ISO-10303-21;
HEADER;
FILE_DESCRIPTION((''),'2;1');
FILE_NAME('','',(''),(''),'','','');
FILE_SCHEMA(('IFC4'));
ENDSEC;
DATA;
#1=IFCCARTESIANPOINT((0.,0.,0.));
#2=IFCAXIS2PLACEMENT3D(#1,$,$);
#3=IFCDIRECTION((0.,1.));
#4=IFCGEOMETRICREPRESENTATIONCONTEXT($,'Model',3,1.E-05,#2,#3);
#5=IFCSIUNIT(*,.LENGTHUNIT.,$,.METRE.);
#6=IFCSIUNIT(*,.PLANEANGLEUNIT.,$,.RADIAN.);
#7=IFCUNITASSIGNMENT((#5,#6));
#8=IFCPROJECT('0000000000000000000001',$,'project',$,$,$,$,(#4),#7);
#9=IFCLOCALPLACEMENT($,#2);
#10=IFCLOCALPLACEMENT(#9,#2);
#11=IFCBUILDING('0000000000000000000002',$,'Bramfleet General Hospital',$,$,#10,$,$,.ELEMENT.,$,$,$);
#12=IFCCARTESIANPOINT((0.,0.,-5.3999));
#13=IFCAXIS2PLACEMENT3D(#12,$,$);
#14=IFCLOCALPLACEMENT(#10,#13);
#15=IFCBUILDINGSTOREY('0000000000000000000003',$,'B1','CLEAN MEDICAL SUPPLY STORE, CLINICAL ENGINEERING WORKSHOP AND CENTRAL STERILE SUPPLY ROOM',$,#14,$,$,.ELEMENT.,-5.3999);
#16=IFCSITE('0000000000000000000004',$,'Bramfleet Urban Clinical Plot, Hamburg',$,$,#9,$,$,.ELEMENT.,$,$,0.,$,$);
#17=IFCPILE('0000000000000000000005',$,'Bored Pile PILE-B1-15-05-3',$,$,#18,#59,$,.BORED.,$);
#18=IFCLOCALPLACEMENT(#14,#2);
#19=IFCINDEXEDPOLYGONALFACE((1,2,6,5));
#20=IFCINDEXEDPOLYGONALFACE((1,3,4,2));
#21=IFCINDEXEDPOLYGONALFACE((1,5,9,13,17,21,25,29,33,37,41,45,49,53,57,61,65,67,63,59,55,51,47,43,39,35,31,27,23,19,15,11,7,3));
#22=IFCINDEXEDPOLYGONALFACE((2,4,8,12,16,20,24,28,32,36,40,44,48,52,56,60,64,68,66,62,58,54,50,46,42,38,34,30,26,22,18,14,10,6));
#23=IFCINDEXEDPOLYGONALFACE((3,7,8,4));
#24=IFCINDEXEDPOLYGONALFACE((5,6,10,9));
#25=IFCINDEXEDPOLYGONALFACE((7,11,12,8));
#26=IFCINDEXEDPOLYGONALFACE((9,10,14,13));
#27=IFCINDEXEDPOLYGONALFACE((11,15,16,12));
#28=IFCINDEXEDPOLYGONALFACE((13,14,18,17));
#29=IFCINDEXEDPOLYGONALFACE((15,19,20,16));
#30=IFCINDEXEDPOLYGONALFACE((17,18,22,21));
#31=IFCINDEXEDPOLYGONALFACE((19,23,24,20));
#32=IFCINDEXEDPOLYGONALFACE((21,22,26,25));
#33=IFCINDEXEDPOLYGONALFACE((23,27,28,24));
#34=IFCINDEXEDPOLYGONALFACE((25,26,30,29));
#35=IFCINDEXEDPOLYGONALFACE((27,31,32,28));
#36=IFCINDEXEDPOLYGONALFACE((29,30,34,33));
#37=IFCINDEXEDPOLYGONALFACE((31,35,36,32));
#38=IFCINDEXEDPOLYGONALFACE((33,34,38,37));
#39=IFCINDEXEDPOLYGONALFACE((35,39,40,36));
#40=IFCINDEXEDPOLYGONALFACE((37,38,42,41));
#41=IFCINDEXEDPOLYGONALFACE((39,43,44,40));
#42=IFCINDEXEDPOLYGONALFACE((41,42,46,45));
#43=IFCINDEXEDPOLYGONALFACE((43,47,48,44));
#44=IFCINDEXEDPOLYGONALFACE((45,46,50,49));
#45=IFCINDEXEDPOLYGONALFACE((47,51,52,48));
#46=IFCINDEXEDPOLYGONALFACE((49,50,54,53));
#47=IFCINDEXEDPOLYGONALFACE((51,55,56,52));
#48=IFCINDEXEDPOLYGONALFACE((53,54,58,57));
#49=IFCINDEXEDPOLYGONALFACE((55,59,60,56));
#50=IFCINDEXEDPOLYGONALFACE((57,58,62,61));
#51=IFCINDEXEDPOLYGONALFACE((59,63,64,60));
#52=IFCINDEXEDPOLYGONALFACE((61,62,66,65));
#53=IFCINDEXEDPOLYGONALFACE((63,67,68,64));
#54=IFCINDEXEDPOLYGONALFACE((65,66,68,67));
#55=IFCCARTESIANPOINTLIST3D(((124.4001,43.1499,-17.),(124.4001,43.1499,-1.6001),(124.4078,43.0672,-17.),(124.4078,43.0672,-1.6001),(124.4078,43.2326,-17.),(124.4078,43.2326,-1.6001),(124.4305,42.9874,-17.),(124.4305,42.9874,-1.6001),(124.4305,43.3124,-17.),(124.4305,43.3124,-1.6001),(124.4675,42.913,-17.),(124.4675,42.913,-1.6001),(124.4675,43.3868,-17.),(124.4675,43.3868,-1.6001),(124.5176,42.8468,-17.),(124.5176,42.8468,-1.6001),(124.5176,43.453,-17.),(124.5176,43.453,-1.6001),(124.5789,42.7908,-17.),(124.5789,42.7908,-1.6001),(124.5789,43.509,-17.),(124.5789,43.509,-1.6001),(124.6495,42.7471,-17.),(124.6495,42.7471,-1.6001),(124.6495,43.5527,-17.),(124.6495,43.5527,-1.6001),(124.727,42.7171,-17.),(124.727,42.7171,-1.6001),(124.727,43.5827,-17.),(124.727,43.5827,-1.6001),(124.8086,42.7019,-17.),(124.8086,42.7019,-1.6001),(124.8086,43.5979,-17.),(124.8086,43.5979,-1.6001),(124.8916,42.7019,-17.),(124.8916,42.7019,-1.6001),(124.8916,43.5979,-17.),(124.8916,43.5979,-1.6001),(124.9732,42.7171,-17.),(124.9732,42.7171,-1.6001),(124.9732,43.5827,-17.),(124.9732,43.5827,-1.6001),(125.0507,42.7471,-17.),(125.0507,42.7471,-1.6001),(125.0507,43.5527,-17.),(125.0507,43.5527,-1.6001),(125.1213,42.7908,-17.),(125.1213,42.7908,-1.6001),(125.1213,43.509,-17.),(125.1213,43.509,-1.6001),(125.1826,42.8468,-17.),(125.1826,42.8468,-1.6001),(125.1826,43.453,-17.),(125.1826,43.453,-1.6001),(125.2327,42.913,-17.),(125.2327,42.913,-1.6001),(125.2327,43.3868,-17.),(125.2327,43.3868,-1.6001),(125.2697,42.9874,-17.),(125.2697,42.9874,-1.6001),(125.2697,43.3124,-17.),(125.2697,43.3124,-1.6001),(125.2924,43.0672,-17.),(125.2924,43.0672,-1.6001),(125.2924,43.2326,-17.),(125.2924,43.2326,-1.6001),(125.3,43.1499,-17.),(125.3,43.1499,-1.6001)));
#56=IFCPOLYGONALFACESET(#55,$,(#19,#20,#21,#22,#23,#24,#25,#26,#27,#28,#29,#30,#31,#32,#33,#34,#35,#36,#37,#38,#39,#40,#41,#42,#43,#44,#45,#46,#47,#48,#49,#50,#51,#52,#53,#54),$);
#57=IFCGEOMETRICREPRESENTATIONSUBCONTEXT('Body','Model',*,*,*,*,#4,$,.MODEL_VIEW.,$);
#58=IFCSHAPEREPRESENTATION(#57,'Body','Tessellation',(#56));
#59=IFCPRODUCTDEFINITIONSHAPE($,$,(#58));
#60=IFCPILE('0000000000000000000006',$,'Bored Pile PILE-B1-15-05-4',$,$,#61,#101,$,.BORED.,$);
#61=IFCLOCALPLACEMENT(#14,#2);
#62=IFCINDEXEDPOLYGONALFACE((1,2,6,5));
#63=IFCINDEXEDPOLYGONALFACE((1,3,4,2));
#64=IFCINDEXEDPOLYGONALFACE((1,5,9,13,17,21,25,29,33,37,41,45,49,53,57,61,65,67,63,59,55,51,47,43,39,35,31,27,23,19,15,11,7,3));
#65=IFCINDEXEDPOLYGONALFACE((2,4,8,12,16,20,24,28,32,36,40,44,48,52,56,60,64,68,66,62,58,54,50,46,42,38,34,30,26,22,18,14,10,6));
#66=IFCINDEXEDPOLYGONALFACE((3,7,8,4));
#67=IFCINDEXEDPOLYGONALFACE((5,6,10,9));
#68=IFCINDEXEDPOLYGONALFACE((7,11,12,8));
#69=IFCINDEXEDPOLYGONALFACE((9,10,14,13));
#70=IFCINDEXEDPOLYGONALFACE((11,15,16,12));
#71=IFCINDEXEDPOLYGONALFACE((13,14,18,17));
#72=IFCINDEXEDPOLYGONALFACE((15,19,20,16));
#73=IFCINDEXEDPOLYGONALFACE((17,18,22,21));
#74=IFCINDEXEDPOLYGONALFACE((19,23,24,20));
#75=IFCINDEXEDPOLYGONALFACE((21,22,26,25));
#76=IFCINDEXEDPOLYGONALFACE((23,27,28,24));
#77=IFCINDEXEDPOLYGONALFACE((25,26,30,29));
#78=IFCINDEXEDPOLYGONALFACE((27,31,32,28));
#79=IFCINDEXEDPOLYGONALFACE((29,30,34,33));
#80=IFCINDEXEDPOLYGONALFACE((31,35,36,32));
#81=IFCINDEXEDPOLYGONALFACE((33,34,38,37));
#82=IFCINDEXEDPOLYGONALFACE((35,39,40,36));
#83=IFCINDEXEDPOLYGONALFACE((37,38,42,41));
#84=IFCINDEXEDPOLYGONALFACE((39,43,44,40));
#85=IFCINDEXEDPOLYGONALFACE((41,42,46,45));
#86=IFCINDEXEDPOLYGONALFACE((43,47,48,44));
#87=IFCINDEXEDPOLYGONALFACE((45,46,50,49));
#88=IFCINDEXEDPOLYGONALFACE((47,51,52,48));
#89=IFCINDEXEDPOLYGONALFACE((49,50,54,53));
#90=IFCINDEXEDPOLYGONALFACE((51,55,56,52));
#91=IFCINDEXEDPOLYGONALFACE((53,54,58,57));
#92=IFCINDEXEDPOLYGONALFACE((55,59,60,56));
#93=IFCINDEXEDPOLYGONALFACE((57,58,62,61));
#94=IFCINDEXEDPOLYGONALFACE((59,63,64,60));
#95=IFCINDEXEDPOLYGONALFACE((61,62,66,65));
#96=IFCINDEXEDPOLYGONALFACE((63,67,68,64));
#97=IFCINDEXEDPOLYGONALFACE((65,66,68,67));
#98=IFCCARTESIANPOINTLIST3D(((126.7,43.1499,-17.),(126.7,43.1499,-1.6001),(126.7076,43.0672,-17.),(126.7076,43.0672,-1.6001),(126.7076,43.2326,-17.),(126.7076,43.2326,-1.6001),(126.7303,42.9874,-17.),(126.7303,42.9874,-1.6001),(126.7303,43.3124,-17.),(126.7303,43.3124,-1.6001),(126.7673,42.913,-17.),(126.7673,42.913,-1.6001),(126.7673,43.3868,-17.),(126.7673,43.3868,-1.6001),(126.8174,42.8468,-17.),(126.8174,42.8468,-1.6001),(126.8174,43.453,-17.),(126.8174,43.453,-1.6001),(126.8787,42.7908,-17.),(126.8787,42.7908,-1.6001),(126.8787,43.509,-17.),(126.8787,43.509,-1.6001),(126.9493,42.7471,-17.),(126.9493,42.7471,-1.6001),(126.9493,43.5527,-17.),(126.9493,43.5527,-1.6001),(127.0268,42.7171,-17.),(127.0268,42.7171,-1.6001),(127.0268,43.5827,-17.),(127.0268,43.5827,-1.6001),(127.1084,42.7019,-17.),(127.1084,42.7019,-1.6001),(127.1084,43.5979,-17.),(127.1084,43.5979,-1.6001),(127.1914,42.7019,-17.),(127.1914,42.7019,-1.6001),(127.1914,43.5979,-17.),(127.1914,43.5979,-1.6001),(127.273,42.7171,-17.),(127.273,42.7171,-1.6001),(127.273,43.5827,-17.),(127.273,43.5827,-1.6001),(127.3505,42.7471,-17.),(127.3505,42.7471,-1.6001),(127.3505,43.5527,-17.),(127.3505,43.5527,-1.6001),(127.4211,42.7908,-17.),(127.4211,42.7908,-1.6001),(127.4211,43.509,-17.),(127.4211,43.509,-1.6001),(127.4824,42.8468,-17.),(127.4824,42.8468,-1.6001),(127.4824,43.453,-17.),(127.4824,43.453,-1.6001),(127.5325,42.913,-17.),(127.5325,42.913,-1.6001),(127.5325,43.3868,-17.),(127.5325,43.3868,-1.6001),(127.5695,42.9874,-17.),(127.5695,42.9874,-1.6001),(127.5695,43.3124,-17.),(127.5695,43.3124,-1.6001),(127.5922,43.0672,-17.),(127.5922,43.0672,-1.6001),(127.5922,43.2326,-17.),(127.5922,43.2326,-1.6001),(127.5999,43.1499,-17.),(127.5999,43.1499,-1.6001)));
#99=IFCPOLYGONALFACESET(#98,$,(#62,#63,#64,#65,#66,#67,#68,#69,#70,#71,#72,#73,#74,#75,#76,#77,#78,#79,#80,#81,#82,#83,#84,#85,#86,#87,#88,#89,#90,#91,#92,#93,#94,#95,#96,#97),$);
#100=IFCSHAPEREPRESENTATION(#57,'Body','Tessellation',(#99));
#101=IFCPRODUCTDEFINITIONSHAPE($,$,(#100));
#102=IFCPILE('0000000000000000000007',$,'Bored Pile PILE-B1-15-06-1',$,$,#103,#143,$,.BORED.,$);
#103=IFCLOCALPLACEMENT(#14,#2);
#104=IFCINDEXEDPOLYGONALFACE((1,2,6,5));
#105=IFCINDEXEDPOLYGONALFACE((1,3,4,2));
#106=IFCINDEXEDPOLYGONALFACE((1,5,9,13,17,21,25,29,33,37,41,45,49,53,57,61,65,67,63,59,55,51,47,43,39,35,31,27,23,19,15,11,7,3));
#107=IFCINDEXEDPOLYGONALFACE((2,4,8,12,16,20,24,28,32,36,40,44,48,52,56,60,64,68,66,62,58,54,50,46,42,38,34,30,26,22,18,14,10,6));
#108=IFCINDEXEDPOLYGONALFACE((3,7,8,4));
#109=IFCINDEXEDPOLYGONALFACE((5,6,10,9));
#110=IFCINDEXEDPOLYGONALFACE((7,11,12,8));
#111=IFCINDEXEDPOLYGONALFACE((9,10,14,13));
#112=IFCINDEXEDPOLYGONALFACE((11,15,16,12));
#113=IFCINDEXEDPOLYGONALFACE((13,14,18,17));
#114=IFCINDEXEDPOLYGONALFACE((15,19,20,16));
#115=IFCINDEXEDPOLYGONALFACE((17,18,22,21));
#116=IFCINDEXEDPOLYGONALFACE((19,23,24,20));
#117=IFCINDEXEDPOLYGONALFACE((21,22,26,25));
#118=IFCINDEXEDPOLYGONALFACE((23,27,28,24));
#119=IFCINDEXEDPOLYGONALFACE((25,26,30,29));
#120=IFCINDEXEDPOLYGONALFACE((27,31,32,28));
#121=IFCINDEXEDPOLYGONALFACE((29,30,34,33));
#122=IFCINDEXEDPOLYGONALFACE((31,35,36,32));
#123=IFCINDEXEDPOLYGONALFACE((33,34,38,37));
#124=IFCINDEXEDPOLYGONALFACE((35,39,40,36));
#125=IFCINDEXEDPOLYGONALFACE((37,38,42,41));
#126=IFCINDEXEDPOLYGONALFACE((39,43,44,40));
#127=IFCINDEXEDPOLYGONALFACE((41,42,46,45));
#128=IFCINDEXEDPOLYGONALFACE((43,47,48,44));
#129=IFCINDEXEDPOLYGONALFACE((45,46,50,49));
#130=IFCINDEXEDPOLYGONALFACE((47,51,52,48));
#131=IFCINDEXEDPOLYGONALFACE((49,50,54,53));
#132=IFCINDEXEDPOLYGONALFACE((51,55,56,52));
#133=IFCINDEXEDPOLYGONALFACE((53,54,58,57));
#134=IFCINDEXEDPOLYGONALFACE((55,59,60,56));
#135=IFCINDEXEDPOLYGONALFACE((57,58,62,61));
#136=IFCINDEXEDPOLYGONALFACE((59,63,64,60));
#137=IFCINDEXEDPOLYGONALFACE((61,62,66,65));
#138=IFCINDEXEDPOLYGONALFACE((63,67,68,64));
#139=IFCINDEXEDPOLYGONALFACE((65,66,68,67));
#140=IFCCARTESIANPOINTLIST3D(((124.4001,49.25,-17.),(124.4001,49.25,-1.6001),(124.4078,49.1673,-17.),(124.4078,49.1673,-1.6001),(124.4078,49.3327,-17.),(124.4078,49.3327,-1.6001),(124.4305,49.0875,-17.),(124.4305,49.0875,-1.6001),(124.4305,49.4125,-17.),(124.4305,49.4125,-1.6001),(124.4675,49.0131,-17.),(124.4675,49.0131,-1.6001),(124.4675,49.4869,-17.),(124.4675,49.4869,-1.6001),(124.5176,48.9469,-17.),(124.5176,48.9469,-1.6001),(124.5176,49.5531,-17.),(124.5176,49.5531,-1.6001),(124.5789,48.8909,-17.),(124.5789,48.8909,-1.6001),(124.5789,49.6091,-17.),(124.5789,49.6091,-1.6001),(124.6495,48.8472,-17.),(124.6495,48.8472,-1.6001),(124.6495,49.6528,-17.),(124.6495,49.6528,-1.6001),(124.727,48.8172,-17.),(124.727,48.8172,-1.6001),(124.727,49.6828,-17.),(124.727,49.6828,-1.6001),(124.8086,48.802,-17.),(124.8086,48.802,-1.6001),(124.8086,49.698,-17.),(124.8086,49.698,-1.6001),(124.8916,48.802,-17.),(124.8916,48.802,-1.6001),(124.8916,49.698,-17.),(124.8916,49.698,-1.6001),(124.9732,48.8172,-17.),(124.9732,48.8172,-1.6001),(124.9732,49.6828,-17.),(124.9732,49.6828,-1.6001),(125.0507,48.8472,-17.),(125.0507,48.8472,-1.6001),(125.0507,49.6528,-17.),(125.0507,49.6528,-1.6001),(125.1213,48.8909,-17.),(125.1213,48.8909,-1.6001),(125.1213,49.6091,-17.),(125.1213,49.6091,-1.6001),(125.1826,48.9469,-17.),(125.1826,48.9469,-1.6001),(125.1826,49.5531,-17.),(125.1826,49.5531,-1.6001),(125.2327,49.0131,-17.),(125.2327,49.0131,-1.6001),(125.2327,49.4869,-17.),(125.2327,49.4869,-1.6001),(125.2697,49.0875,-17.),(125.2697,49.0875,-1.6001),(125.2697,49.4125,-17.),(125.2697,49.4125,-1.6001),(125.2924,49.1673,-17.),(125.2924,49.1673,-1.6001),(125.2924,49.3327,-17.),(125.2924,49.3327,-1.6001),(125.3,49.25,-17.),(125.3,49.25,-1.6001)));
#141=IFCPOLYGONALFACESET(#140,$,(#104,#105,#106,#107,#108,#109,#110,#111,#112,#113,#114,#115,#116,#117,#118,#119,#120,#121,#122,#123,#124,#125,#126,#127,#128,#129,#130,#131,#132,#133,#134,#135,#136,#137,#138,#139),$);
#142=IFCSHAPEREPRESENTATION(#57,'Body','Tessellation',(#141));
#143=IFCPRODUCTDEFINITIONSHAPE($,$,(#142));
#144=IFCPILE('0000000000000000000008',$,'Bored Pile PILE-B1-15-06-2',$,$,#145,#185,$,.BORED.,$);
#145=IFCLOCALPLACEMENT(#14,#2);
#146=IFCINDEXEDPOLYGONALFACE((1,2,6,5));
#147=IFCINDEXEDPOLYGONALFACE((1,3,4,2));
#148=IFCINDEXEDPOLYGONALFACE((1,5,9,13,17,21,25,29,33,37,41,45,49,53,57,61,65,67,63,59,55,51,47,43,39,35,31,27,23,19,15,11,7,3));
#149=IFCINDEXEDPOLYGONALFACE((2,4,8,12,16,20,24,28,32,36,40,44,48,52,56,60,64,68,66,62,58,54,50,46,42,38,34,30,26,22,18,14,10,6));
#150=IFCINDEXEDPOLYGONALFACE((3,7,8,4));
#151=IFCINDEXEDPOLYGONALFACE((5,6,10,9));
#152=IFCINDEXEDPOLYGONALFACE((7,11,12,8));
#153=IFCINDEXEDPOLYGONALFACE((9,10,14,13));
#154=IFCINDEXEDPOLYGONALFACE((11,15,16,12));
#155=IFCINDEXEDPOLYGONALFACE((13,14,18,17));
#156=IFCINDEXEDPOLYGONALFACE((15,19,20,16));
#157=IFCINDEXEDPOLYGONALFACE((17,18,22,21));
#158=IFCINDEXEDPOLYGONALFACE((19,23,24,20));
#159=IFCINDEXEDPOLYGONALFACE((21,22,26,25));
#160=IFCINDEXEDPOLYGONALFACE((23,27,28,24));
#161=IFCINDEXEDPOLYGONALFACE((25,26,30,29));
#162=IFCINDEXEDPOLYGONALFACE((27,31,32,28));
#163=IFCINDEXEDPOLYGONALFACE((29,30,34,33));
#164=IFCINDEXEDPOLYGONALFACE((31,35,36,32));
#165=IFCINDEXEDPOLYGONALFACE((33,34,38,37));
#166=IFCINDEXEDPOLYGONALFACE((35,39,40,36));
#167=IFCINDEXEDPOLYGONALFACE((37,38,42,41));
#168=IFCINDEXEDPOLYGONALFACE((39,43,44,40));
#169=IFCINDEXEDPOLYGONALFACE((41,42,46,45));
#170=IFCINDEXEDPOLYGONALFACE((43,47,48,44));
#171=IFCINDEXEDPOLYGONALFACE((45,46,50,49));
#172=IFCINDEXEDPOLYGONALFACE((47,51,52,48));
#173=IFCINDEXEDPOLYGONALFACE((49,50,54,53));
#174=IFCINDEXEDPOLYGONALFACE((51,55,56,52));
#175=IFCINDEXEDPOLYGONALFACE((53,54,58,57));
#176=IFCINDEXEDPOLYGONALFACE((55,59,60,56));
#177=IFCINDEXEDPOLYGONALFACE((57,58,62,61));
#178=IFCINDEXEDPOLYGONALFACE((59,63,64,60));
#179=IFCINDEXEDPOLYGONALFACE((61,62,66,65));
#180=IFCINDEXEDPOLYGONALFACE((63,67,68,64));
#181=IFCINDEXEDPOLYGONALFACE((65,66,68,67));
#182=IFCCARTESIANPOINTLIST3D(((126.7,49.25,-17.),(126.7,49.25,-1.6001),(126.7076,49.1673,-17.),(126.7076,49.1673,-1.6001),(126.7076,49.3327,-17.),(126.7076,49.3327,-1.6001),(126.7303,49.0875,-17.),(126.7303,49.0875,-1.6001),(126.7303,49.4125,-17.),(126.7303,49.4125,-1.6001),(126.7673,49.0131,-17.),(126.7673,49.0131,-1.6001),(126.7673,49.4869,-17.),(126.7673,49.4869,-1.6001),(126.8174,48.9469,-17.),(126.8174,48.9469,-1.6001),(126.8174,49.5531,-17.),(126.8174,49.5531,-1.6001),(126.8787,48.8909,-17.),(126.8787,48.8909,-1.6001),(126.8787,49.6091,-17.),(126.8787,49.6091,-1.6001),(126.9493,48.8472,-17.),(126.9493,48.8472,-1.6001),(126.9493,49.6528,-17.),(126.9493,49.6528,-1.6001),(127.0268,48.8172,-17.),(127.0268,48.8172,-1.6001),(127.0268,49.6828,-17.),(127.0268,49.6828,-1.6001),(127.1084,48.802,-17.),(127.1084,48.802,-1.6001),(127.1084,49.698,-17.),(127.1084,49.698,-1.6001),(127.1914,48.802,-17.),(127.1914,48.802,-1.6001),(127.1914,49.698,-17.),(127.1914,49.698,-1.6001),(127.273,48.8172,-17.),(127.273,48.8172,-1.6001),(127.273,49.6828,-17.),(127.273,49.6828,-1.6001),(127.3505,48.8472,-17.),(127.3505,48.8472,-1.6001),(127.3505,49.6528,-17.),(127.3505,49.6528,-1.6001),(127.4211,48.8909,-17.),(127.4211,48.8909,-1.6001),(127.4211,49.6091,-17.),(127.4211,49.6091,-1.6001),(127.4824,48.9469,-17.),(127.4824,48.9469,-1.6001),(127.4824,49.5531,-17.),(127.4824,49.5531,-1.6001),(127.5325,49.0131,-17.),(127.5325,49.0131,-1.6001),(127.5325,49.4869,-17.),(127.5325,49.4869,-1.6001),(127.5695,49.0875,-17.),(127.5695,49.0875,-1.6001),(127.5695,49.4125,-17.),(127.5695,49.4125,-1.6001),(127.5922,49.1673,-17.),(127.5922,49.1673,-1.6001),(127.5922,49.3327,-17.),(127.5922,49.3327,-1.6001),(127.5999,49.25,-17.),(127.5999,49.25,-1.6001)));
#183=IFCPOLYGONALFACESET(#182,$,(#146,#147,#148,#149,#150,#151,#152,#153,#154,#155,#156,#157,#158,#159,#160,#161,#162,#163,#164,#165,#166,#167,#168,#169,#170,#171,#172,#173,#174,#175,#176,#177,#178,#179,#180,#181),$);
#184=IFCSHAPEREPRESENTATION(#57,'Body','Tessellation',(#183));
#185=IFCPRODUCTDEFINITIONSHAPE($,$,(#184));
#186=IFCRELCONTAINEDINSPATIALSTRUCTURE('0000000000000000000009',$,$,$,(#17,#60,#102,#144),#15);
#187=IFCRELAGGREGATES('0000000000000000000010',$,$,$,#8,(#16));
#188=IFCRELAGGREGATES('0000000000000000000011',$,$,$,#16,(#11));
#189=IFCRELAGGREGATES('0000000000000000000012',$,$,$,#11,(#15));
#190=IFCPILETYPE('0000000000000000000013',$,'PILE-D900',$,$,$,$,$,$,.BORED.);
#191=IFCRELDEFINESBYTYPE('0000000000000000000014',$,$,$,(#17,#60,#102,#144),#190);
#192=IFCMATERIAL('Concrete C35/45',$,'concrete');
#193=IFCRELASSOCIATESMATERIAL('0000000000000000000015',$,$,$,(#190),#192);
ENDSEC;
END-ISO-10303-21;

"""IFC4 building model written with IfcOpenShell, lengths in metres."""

from ifc_helpers import new_model, si_unit, direction, frame, origin, origin_2d, place, context, subcontext, project, spatial, circle, extrude, material, material_profile, profile_set, type_object, element, save


model = new_model("IFC4")

# Units and contexts
model_context = context("Model", 3, precision=1e-05, world=origin(), true_north=direction((0.0, 1.0)))
body_context = subcontext(model_context, "Body", "Model", "MODEL_VIEW")
ifc_project = project(units=[si_unit("LENGTHUNIT", "METRE"), si_unit("PLANEANGLEUNIT", "RADIAN")], contexts=[model_context])

# Site, building, storey
site_placement = place(None, origin())
site = spatial("IfcSite", under=ifc_project, at=site_placement, Name="Bramfleet Urban Clinical Plot, Hamburg", CompositionType="ELEMENT", RefElevation=0.0)
building_placement = place(site_placement, origin())
building = spatial("IfcBuilding", under=site, at=building_placement, Name="Bramfleet General Hospital", CompositionType="ELEMENT")
storey_placement = place(building_placement, frame((0.0, 0.0, -5.3999)))
storey = spatial("IfcBuildingStorey", under=building, at=storey_placement, Name="B1", Description="CLEAN MEDICAL SUPPLY STORE, CLINICAL ENGINEERING WORKSHOP AND CENTRAL STERILE SUPPLY ROOM", CompositionType="ELEMENT", Elevation=-5.3999)

# Shared definitions
ifc_material_1 = material(Name="Concrete C35/45", Category="concrete")

# Piles
ifc_material_profile_1 = material_profile(ifc_material_1, circle(Radius=0.45, at=origin_2d()), Name="PILE BORED D900")
ifc_profile_set_1 = profile_set([ifc_material_profile_1], Name="Concrete C35/45")
pile_type = type_object("IfcPileType", Name="PILE-D900", PredefinedType="BORED", material=ifc_profile_set_1)
for number, where, z_axis, x_axis, name in (
    (1, (124.8501, 43.1499, -1.6001), (0.0, 0.0, -1.0), (1.0, 0.0, 0.0), "Bored Pile PILE-B1-15-05-3"),
    (2, (127.1499, 43.1499, -1.6001), (0.0, 0.0, -1.0), (1.0, 0.0, 0.0), "Bored Pile PILE-B1-15-05-4"),
    (3, (124.8501, 49.25, -1.6001), (0.0, 0.0, -1.0), (1.0, 0.0, 0.0), "Bored Pile PILE-B1-15-06-1"),
    (4, (127.1499, 49.25, -1.6001), (0.0, 0.0, -1.0), (1.0, 0.0, 0.0), "Bored Pile PILE-B1-15-06-2"),
):
    element("IfcPile", number, at=place(storey_placement, frame(where, z_axis=z_axis, x_axis=x_axis)), inside=storey, type_object=pile_type, Name=name, PredefinedType="BORED", context=body_context, shape_type="SweptSolid", body=[
        extrude(circle(Radius=0.45, at=origin_2d()), origin(), (0.0, 0.0, 1.0), 15.3999),
    ])

save(model, "model.ifc")
